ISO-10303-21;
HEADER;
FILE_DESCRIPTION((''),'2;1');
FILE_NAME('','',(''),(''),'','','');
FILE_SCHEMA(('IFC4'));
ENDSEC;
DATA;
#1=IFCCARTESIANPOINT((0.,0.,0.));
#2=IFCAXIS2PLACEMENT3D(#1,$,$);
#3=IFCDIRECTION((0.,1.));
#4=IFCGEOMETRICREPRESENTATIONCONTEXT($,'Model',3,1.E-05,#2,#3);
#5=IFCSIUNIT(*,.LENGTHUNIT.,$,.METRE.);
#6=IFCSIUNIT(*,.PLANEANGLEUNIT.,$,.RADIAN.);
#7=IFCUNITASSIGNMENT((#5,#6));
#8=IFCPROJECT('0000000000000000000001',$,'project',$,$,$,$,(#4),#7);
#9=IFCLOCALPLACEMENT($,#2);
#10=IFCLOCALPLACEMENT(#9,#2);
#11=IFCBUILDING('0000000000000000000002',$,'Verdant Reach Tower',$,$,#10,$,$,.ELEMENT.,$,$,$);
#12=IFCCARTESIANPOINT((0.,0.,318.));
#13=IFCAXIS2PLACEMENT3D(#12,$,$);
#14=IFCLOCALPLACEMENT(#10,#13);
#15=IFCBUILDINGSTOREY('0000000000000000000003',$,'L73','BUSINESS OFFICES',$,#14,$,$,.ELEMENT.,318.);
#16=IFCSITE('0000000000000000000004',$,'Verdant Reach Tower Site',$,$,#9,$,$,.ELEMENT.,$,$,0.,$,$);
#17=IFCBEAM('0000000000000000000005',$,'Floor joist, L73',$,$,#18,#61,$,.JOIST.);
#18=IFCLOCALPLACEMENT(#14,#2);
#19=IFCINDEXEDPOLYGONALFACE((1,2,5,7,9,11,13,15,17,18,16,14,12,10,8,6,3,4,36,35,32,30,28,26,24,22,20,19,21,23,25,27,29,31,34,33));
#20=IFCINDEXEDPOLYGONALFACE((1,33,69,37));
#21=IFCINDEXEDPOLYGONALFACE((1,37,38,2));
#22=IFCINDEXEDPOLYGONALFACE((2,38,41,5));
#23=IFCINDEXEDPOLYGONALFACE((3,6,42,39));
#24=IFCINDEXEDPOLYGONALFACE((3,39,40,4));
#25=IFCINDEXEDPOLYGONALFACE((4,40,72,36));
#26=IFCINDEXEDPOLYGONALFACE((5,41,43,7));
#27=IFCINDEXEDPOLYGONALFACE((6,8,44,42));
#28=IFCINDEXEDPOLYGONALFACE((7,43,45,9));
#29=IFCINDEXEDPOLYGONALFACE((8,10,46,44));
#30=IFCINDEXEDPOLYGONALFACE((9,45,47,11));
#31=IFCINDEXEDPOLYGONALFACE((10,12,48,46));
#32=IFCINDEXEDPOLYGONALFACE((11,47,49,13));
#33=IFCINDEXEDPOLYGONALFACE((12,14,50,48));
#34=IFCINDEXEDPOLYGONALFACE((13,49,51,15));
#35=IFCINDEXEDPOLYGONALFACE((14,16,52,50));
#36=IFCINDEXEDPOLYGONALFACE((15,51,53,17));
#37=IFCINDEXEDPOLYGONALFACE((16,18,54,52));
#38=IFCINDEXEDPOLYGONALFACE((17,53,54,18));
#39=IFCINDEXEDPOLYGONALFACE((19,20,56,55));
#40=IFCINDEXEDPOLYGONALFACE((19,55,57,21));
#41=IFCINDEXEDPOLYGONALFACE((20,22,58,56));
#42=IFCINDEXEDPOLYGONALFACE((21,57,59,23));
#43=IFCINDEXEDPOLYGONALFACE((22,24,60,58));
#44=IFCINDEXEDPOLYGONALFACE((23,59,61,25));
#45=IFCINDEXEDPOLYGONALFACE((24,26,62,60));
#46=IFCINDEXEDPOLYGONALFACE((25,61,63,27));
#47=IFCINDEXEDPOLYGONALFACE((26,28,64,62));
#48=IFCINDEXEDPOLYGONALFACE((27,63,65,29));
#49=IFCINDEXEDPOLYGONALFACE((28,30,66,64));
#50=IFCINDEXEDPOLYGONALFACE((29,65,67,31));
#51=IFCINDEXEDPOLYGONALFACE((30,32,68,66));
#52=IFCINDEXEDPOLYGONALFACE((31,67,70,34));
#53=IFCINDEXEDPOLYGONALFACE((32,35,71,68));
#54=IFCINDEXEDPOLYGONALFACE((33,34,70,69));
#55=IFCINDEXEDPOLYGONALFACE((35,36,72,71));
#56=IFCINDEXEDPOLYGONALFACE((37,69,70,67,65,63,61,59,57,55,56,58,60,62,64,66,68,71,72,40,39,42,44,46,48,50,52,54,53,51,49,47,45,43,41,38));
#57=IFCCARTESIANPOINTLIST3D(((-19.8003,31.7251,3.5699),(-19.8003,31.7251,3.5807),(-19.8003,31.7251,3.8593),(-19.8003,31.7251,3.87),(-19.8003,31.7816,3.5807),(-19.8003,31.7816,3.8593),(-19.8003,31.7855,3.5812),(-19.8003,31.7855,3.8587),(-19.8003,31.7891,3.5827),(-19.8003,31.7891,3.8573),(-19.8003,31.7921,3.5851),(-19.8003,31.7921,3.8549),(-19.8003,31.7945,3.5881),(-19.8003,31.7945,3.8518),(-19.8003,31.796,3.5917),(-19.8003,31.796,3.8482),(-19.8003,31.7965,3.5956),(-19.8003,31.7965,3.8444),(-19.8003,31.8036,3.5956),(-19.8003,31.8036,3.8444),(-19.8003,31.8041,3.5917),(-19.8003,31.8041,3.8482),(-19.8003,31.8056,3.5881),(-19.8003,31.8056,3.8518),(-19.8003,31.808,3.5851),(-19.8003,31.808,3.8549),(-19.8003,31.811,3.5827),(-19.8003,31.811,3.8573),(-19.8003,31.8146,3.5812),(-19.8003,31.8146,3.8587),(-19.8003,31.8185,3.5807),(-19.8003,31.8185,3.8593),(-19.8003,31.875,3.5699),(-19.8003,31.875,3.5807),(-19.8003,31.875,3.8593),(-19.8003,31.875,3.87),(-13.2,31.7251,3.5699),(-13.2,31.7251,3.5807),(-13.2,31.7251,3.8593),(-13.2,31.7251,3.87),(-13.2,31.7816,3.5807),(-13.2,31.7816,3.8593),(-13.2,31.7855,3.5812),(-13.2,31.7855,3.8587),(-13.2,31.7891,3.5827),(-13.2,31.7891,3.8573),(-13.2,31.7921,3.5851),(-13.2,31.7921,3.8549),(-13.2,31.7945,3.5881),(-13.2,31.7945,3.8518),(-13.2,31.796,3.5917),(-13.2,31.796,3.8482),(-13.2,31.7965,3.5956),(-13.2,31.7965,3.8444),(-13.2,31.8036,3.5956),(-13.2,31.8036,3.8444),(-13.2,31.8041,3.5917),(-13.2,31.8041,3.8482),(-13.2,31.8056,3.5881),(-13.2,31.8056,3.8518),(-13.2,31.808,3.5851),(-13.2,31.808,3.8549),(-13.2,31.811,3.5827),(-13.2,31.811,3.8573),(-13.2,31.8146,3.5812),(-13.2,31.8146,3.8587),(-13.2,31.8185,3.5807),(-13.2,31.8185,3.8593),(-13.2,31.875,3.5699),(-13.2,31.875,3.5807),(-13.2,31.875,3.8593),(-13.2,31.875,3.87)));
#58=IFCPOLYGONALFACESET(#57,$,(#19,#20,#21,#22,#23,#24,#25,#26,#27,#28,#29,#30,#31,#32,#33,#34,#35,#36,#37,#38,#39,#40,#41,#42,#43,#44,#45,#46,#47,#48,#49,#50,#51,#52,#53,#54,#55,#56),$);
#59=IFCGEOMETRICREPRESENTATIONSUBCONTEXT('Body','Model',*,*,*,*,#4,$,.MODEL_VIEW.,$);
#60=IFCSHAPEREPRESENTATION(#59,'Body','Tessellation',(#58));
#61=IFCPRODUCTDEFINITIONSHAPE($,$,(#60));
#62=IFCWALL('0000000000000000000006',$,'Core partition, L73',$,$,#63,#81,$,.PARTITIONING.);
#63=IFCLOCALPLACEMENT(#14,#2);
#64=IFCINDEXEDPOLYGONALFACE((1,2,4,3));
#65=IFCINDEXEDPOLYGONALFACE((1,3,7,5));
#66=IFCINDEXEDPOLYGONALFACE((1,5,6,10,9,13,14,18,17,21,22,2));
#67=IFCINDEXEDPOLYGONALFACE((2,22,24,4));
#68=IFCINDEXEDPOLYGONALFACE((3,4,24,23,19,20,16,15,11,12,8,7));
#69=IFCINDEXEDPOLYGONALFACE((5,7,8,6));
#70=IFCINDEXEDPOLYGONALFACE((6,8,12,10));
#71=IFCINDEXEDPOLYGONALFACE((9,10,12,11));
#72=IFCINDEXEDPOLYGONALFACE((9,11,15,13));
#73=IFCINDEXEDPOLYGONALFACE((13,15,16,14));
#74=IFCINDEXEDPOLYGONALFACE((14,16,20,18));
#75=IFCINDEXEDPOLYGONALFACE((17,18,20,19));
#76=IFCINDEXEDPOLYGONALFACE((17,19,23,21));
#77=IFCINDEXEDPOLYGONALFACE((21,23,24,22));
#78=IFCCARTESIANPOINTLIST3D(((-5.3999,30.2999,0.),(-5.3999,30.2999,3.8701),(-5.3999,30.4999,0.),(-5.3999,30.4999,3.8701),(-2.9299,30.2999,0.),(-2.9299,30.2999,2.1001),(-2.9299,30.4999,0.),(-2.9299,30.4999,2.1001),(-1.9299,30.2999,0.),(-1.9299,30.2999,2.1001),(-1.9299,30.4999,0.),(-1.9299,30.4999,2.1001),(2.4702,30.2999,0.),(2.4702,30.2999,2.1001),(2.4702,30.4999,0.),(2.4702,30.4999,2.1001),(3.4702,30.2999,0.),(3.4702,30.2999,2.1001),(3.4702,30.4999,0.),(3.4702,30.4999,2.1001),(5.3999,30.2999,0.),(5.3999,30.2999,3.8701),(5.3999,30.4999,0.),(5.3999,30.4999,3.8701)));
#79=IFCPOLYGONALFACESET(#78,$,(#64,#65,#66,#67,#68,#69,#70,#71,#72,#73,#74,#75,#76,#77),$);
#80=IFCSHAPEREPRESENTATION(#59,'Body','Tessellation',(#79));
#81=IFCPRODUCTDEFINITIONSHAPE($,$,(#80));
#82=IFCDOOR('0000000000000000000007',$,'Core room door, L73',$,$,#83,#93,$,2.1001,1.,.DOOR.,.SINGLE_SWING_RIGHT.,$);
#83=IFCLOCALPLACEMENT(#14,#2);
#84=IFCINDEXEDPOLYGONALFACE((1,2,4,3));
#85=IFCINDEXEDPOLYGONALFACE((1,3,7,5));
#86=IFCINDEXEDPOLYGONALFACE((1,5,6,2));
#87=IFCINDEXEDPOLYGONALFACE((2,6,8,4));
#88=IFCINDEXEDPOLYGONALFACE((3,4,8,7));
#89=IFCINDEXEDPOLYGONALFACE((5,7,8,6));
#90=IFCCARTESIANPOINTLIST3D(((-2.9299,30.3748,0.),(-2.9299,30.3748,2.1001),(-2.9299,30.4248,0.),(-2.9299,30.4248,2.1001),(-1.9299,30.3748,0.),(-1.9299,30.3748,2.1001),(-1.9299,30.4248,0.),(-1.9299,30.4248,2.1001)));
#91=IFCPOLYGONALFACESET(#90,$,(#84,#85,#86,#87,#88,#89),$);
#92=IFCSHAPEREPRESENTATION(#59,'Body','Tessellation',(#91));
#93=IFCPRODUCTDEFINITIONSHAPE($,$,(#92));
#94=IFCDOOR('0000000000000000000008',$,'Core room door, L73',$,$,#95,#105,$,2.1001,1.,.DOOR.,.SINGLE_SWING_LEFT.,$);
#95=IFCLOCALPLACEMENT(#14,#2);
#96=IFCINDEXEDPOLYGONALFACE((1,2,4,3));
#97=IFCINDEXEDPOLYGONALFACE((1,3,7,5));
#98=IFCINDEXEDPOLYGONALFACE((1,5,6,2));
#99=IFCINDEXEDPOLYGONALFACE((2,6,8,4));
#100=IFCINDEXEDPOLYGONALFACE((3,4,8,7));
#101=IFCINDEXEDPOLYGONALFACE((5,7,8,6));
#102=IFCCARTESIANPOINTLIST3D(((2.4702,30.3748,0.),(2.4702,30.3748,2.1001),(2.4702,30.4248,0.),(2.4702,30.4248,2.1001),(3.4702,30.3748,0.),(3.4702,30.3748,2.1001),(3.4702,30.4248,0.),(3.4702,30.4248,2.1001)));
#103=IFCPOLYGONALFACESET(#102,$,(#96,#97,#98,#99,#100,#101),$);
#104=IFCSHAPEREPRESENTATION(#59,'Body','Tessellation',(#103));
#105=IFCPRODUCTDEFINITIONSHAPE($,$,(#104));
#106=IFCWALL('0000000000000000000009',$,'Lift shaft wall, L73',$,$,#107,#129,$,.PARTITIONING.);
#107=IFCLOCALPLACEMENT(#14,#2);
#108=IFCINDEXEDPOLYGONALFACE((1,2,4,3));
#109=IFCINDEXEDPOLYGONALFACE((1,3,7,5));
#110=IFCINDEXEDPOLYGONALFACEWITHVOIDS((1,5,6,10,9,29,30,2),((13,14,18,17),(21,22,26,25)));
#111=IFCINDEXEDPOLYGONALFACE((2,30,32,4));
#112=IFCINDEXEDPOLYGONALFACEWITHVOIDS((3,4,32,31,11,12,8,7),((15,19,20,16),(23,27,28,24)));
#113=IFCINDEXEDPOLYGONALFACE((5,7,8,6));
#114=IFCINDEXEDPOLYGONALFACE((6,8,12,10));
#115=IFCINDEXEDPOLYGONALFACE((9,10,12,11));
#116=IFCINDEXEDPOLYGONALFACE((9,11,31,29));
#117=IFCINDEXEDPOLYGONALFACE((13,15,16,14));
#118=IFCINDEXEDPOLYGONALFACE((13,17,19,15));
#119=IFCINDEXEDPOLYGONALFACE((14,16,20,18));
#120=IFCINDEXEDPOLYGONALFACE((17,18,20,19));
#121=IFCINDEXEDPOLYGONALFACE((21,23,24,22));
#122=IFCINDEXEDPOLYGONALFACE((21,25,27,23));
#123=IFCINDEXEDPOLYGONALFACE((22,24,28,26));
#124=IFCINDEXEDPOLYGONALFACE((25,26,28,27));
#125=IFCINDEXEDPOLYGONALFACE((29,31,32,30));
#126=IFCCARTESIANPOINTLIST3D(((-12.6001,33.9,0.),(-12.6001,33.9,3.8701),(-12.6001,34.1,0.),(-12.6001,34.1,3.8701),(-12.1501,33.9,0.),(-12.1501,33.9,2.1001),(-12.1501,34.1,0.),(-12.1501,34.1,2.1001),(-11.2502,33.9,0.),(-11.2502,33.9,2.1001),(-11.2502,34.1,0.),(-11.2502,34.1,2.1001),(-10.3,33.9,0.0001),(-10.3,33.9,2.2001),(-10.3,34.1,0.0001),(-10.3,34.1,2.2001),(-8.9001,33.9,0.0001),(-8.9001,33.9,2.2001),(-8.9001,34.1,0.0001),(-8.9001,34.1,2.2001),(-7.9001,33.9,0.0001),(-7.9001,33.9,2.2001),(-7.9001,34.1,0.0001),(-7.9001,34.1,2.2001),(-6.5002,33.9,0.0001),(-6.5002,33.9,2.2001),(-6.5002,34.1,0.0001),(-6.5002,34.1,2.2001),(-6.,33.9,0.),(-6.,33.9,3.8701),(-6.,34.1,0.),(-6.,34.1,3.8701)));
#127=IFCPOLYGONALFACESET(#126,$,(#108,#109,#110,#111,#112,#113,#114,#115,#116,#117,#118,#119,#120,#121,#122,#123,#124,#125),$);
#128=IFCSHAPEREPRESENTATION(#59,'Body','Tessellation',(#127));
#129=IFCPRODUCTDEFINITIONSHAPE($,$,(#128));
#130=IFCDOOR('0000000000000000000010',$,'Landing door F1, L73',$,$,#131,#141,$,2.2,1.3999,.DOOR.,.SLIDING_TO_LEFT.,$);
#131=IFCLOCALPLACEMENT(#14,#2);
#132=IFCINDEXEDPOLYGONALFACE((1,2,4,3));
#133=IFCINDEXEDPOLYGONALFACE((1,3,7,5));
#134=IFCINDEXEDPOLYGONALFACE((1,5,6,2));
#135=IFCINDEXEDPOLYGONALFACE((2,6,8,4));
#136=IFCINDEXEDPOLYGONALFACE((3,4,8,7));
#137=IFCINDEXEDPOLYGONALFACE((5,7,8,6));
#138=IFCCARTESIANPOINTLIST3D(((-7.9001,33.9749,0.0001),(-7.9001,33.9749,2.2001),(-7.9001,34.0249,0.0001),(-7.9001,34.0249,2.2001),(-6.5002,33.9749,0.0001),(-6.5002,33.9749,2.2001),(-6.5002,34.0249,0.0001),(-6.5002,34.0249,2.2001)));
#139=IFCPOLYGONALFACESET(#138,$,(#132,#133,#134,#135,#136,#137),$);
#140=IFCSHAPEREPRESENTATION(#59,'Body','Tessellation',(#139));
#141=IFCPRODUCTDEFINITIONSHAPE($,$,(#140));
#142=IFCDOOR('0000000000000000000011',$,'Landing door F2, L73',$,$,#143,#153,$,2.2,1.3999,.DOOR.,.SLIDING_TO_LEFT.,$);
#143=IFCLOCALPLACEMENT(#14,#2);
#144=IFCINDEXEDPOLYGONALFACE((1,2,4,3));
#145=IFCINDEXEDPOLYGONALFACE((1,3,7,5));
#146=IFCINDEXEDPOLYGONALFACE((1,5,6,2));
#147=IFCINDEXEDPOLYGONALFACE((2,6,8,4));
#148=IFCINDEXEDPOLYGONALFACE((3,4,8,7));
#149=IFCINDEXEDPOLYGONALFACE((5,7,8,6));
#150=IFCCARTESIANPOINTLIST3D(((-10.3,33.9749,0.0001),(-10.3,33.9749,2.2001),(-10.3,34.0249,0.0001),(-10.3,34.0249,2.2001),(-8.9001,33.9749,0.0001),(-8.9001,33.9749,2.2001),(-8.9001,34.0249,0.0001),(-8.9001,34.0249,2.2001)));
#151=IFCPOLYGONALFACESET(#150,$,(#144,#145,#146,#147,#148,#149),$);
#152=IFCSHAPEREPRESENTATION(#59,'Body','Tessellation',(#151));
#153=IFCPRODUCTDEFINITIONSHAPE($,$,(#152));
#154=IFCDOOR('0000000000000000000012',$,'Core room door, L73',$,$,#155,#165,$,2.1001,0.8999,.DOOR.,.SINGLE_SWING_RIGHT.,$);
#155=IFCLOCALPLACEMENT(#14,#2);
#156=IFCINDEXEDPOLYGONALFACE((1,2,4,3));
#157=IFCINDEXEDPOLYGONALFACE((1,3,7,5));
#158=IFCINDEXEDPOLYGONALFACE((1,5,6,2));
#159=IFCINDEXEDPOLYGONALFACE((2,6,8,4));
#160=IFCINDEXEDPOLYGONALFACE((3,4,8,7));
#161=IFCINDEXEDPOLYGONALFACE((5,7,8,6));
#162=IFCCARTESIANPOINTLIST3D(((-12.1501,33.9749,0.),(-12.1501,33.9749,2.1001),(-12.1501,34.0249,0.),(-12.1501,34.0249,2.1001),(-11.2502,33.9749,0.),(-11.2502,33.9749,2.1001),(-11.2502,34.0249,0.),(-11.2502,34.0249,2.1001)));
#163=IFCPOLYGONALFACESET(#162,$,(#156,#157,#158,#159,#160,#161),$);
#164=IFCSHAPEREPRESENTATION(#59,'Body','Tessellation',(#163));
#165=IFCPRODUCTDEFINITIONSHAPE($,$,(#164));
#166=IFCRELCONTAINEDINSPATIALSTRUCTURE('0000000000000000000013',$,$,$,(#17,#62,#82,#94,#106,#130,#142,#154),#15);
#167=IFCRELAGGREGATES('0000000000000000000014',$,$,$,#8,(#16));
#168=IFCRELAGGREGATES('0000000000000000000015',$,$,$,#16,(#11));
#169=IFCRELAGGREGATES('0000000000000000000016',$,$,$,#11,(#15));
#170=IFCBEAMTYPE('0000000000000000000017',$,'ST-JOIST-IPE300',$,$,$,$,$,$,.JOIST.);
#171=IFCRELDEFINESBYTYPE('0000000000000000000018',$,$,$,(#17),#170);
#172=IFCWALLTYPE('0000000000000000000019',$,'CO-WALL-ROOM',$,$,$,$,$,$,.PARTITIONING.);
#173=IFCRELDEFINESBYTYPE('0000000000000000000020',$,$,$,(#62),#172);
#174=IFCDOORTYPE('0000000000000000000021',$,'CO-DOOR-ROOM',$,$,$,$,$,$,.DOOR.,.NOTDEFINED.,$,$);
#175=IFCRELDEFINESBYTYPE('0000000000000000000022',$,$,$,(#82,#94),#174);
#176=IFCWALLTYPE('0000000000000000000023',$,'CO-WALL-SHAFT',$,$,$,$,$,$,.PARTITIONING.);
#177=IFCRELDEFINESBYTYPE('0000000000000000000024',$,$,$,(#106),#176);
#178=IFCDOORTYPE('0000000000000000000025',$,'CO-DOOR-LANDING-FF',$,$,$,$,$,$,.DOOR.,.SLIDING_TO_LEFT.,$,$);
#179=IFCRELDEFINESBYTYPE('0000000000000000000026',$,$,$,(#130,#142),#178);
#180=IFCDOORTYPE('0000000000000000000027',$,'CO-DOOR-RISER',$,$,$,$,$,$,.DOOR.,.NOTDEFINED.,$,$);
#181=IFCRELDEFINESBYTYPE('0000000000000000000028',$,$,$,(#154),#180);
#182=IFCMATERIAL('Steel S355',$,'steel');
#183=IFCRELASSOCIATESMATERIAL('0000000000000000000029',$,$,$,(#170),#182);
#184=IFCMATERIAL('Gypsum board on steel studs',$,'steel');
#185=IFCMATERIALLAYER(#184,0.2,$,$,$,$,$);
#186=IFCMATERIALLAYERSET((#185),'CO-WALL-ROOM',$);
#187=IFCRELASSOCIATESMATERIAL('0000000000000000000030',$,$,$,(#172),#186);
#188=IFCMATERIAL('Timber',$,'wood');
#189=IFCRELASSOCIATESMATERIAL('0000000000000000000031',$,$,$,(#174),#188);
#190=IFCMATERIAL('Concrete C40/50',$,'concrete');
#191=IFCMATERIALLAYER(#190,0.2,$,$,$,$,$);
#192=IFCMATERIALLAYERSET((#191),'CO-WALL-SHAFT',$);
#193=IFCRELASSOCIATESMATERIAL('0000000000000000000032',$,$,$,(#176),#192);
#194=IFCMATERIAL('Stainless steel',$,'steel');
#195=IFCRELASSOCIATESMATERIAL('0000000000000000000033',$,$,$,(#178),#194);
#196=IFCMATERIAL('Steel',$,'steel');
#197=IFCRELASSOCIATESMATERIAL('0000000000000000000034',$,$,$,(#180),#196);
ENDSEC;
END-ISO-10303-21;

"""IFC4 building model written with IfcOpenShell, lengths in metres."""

from ifc_helpers import new_model, si_unit, direction, frame, frame_2d, origin, origin_2d, place, context, subcontext, project, spatial, rectangle, i_section, extrude, material, layer, layer_set, material_profile, profile_set, type_object, element, fill, save


model = new_model("IFC4")

# Units and contexts
model_context = context("Model", 3, precision=1e-05, world=origin(), true_north=direction((0.0, 1.0)))
body_context = subcontext(model_context, "Body", "Model", "MODEL_VIEW")
ifc_project = project(units=[si_unit("LENGTHUNIT", "METRE"), si_unit("PLANEANGLEUNIT", "RADIAN")], contexts=[model_context])

# Site, building, storey
site_placement = place(None, origin())
site = spatial("IfcSite", under=ifc_project, at=site_placement, Name="Verdant Reach Tower Site", CompositionType="ELEMENT", RefElevation=0.0)
building_placement = place(site_placement, origin())
building = spatial("IfcBuilding", under=site, at=building_placement, Name="Verdant Reach Tower", CompositionType="ELEMENT")
storey_placement = place(building_placement, frame((0.0, 0.0, 318.0)))
storey = spatial("IfcBuildingStorey", under=building, at=storey_placement, Name="L73", Description="BUSINESS OFFICES", CompositionType="ELEMENT", Elevation=318.0)

# Beam
ifc_material_1 = material(Name="Steel S355", Category="steel")
ifc_material_profile = material_profile(ifc_material_1, i_section(OverallWidth=0.1499, OverallDepth=0.3, WebThickness=0.0071, FlangeThickness=0.0107, FilletRadius=0.0149, at=origin_2d()), Name="IPE 300")
ifc_profile_set = profile_set([ifc_material_profile], Name="Steel S355")
beam_type = type_object("IfcBeamType", Name="ST-JOIST-IPE300", PredefinedType="JOIST", material=ifc_profile_set)
beam_placement = place(storey_placement, frame((-13.2, 31.8, 3.72), z_axis=(-1.0, 0.0, 0.0), x_axis=(0.0, -1.0, 0.0)))
element("IfcBeam", 1, at=beam_placement, inside=storey, type_object=beam_type, Name="Floor joist, L73", PredefinedType="JOIST", context=body_context, shape_type="SweptSolid", body=[
    extrude(i_section(OverallWidth=0.1499, OverallDepth=0.3, WebThickness=0.0071, FlangeThickness=0.0107, FilletRadius=0.0149, at=origin_2d()), origin(), (0.0, 0.0, 1.0), 6.6003),
])

# Walls, openings, doors
ifc_material_2 = material(Name="Gypsum board on steel studs", Category="steel")
ifc_layer_1 = layer(ifc_material_2, 0.2)
ifc_layer_set_1 = layer_set([ifc_layer_1], Name="CO-WALL-ROOM")
wall_type_1 = type_object("IfcWallType", Name="CO-WALL-ROOM", PredefinedType="PARTITIONING", material=ifc_layer_set_1)
wall_1_placement = place(storey_placement, frame((-5.3999, 30.3999, 0.0), z_axis=(0.0, 0.0, 1.0), x_axis=(1.0, 0.0, 0.0)))
wall_1 = element("IfcWall", 2, at=wall_1_placement, inside=storey, type_object=wall_type_1, Name="Core partition, L73", PredefinedType="PARTITIONING", context=body_context, shape_type="SweptSolid", body=[
    extrude(rectangle(XDim=10.7998, YDim=0.2, at=frame_2d((5.3999, 0.0))), origin(), (0.0, 0.0, 1.0), 3.8701),
])
opening_1_placement = place(wall_1_placement, frame((2.47, 0.0, 0.0)))
opening_1 = element("IfcOpeningElement", 3, at=opening_1_placement, cuts=wall_1, PredefinedType="OPENING", context=body_context, shape_type="SweptSolid", body=[
    extrude(rectangle(XDim=1.0, YDim=2.1001, at=frame_2d((0.5, 1.05))), frame((0.0, 0.1099, 0.0), z_axis=(0.0, -1.0, 0.0), x_axis=(1.0, 0.0, 0.0)), (0.0, 0.0, 1.0), 0.22),
])
opening_2_placement = place(wall_1_placement, frame((7.8701, 0.0, 0.0)))
opening_2 = element("IfcOpeningElement", 4, at=opening_2_placement, cuts=wall_1, PredefinedType="OPENING", context=body_context, shape_type="SweptSolid", body=[
    extrude(rectangle(XDim=1.0, YDim=2.1001, at=frame_2d((0.5, 1.05))), frame((0.0, 0.1099, 0.0), z_axis=(0.0, -1.0, 0.0), x_axis=(1.0, 0.0, 0.0)), (0.0, 0.0, 1.0), 0.22),
])
ifc_material_3 = material(Name="Timber", Category="wood")
door_type_1 = type_object("IfcDoorType", Name="CO-DOOR-ROOM", OperationType="NOTDEFINED", PredefinedType="DOOR", material=ifc_material_3)
door_1_placement = place(opening_1_placement, origin())
door_1 = element("IfcDoor", 5, at=door_1_placement, inside=storey, type_object=door_type_1, Name="Core room door, L73", OperationType="SINGLE_SWING_RIGHT", OverallHeight=2.1001, OverallWidth=1.0, PredefinedType="DOOR", context=body_context, shape_type="SweptSolid", body=[
    extrude(rectangle(XDim=1.0, YDim=2.1001, at=frame_2d((0.5, 1.05))), frame((0.0, 0.0249, 0.0), z_axis=(0.0, -1.0, 0.0), x_axis=(1.0, 0.0, 0.0)), (0.0, 0.0, 1.0), 0.05),
])
fill(opening_1, door_1)
door_2_placement = place(opening_2_placement, origin())
door_2 = element("IfcDoor", 6, at=door_2_placement, inside=storey, type_object=door_type_1, Name="Core room door, L73", OperationType="SINGLE_SWING_LEFT", OverallHeight=2.1001, OverallWidth=1.0, PredefinedType="DOOR", context=body_context, shape_type="SweptSolid", body=[
    extrude(rectangle(XDim=1.0, YDim=2.1001, at=frame_2d((0.5, 1.05))), frame((0.0, 0.0249, 0.0), z_axis=(0.0, -1.0, 0.0), x_axis=(1.0, 0.0, 0.0)), (0.0, 0.0, 1.0), 0.05),
])
fill(opening_2, door_2)
ifc_material_4 = material(Name="Concrete C40/50", Category="concrete")
ifc_layer_2 = layer(ifc_material_4, 0.2)
ifc_layer_set_2 = layer_set([ifc_layer_2], Name="CO-WALL-SHAFT")
wall_type_2 = type_object("IfcWallType", Name="CO-WALL-SHAFT", PredefinedType="PARTITIONING", material=ifc_layer_set_2)
wall_2_placement = place(storey_placement, frame((-12.6001, 34.0, 0.0), z_axis=(0.0, 0.0, 1.0), x_axis=(1.0, 0.0, 0.0)))
wall_2 = element("IfcWall", 7, at=wall_2_placement, inside=storey, type_object=wall_type_2, Name="Lift shaft wall, L73", PredefinedType="PARTITIONING", context=body_context, shape_type="SweptSolid", body=[
    extrude(rectangle(XDim=6.6001, YDim=0.2, at=frame_2d((3.3, 0.0))), origin(), (0.0, 0.0, 1.0), 3.8701),
])
opening_3_placement = place(wall_2_placement, frame((4.7, 0.0, 0.0)))
opening_3 = element("IfcOpeningElement", 8, at=opening_3_placement, cuts=wall_2, PredefinedType="OPENING", context=body_context, shape_type="SweptSolid", body=[
    extrude(rectangle(XDim=1.3999, YDim=2.2, at=frame_2d((0.7, 1.1001))), frame((0.0, 0.1099, 0.0), z_axis=(0.0, -1.0, 0.0), x_axis=(1.0, 0.0, 0.0)), (0.0, 0.0, 1.0), 0.22),
])
opening_4_placement = place(wall_2_placement, frame((2.3, 0.0, 0.0)))
opening_4 = element("IfcOpeningElement", 9, at=opening_4_placement, cuts=wall_2, PredefinedType="OPENING", context=body_context, shape_type="SweptSolid", body=[
    extrude(rectangle(XDim=1.3999, YDim=2.2, at=frame_2d((0.7, 1.1001))), frame((0.0, 0.1099, 0.0), z_axis=(0.0, -1.0, 0.0), x_axis=(1.0, 0.0, 0.0)), (0.0, 0.0, 1.0), 0.22),
])
opening_5_placement = place(wall_2_placement, frame((0.45, 0.0, 0.0)))
opening_5 = element("IfcOpeningElement", 10, at=opening_5_placement, cuts=wall_2, PredefinedType="OPENING", context=body_context, shape_type="SweptSolid", body=[
    extrude(rectangle(XDim=0.8999, YDim=2.1001, at=frame_2d((0.45, 1.05))), frame((0.0, 0.1099, 0.0), z_axis=(0.0, -1.0, 0.0), x_axis=(1.0, 0.0, 0.0)), (0.0, 0.0, 1.0), 0.22),
])
ifc_material_5 = material(Name="Stainless steel", Category="steel")
door_type_2 = type_object("IfcDoorType", Name="CO-DOOR-LANDING-FF", OperationType="SLIDING_TO_LEFT", PredefinedType="DOOR", material=ifc_material_5)
door_3_placement = place(opening_3_placement, origin())
door_3 = element("IfcDoor", 11, at=door_3_placement, inside=storey, type_object=door_type_2, Name="Landing door F1, L73", OperationType="SLIDING_TO_LEFT", OverallHeight=2.2, OverallWidth=1.3999, PredefinedType="DOOR", context=body_context, shape_type="SweptSolid", body=[
    extrude(rectangle(XDim=1.3999, YDim=2.2, at=frame_2d((0.7, 1.1001))), frame((0.0, 0.0249, 0.0), z_axis=(0.0, -1.0, 0.0), x_axis=(1.0, 0.0, 0.0)), (0.0, 0.0, 1.0), 0.05),
])
fill(opening_3, door_3)
door_4_placement = place(opening_4_placement, origin())
door_4 = element("IfcDoor", 12, at=door_4_placement, inside=storey, type_object=door_type_2, Name="Landing door F2, L73", OperationType="SLIDING_TO_LEFT", OverallHeight=2.2, OverallWidth=1.3999, PredefinedType="DOOR", context=body_context, shape_type="SweptSolid", body=[
    extrude(rectangle(XDim=1.3999, YDim=2.2, at=frame_2d((0.7, 1.1001))), frame((0.0, 0.0249, 0.0), z_axis=(0.0, -1.0, 0.0), x_axis=(1.0, 0.0, 0.0)), (0.0, 0.0, 1.0), 0.05),
])
fill(opening_4, door_4)
ifc_material_6 = material(Name="Steel", Category="steel")
door_type_3 = type_object("IfcDoorType", Name="CO-DOOR-RISER", OperationType="NOTDEFINED", PredefinedType="DOOR", material=ifc_material_6)
door_5_placement = place(opening_5_placement, origin())
door_5 = element("IfcDoor", 13, at=door_5_placement, inside=storey, type_object=door_type_3, Name="Core room door, L73", OperationType="SINGLE_SWING_RIGHT", OverallHeight=2.1001, OverallWidth=0.8999, PredefinedType="DOOR", context=body_context, shape_type="SweptSolid", body=[
    extrude(rectangle(XDim=0.8999, YDim=2.1001, at=frame_2d((0.45, 1.05))), frame((0.0, 0.0249, 0.0), z_axis=(0.0, -1.0, 0.0), x_axis=(1.0, 0.0, 0.0)), (0.0, 0.0, 1.0), 0.05),
])
fill(opening_5, door_5)

save(model, "model.ifc")
